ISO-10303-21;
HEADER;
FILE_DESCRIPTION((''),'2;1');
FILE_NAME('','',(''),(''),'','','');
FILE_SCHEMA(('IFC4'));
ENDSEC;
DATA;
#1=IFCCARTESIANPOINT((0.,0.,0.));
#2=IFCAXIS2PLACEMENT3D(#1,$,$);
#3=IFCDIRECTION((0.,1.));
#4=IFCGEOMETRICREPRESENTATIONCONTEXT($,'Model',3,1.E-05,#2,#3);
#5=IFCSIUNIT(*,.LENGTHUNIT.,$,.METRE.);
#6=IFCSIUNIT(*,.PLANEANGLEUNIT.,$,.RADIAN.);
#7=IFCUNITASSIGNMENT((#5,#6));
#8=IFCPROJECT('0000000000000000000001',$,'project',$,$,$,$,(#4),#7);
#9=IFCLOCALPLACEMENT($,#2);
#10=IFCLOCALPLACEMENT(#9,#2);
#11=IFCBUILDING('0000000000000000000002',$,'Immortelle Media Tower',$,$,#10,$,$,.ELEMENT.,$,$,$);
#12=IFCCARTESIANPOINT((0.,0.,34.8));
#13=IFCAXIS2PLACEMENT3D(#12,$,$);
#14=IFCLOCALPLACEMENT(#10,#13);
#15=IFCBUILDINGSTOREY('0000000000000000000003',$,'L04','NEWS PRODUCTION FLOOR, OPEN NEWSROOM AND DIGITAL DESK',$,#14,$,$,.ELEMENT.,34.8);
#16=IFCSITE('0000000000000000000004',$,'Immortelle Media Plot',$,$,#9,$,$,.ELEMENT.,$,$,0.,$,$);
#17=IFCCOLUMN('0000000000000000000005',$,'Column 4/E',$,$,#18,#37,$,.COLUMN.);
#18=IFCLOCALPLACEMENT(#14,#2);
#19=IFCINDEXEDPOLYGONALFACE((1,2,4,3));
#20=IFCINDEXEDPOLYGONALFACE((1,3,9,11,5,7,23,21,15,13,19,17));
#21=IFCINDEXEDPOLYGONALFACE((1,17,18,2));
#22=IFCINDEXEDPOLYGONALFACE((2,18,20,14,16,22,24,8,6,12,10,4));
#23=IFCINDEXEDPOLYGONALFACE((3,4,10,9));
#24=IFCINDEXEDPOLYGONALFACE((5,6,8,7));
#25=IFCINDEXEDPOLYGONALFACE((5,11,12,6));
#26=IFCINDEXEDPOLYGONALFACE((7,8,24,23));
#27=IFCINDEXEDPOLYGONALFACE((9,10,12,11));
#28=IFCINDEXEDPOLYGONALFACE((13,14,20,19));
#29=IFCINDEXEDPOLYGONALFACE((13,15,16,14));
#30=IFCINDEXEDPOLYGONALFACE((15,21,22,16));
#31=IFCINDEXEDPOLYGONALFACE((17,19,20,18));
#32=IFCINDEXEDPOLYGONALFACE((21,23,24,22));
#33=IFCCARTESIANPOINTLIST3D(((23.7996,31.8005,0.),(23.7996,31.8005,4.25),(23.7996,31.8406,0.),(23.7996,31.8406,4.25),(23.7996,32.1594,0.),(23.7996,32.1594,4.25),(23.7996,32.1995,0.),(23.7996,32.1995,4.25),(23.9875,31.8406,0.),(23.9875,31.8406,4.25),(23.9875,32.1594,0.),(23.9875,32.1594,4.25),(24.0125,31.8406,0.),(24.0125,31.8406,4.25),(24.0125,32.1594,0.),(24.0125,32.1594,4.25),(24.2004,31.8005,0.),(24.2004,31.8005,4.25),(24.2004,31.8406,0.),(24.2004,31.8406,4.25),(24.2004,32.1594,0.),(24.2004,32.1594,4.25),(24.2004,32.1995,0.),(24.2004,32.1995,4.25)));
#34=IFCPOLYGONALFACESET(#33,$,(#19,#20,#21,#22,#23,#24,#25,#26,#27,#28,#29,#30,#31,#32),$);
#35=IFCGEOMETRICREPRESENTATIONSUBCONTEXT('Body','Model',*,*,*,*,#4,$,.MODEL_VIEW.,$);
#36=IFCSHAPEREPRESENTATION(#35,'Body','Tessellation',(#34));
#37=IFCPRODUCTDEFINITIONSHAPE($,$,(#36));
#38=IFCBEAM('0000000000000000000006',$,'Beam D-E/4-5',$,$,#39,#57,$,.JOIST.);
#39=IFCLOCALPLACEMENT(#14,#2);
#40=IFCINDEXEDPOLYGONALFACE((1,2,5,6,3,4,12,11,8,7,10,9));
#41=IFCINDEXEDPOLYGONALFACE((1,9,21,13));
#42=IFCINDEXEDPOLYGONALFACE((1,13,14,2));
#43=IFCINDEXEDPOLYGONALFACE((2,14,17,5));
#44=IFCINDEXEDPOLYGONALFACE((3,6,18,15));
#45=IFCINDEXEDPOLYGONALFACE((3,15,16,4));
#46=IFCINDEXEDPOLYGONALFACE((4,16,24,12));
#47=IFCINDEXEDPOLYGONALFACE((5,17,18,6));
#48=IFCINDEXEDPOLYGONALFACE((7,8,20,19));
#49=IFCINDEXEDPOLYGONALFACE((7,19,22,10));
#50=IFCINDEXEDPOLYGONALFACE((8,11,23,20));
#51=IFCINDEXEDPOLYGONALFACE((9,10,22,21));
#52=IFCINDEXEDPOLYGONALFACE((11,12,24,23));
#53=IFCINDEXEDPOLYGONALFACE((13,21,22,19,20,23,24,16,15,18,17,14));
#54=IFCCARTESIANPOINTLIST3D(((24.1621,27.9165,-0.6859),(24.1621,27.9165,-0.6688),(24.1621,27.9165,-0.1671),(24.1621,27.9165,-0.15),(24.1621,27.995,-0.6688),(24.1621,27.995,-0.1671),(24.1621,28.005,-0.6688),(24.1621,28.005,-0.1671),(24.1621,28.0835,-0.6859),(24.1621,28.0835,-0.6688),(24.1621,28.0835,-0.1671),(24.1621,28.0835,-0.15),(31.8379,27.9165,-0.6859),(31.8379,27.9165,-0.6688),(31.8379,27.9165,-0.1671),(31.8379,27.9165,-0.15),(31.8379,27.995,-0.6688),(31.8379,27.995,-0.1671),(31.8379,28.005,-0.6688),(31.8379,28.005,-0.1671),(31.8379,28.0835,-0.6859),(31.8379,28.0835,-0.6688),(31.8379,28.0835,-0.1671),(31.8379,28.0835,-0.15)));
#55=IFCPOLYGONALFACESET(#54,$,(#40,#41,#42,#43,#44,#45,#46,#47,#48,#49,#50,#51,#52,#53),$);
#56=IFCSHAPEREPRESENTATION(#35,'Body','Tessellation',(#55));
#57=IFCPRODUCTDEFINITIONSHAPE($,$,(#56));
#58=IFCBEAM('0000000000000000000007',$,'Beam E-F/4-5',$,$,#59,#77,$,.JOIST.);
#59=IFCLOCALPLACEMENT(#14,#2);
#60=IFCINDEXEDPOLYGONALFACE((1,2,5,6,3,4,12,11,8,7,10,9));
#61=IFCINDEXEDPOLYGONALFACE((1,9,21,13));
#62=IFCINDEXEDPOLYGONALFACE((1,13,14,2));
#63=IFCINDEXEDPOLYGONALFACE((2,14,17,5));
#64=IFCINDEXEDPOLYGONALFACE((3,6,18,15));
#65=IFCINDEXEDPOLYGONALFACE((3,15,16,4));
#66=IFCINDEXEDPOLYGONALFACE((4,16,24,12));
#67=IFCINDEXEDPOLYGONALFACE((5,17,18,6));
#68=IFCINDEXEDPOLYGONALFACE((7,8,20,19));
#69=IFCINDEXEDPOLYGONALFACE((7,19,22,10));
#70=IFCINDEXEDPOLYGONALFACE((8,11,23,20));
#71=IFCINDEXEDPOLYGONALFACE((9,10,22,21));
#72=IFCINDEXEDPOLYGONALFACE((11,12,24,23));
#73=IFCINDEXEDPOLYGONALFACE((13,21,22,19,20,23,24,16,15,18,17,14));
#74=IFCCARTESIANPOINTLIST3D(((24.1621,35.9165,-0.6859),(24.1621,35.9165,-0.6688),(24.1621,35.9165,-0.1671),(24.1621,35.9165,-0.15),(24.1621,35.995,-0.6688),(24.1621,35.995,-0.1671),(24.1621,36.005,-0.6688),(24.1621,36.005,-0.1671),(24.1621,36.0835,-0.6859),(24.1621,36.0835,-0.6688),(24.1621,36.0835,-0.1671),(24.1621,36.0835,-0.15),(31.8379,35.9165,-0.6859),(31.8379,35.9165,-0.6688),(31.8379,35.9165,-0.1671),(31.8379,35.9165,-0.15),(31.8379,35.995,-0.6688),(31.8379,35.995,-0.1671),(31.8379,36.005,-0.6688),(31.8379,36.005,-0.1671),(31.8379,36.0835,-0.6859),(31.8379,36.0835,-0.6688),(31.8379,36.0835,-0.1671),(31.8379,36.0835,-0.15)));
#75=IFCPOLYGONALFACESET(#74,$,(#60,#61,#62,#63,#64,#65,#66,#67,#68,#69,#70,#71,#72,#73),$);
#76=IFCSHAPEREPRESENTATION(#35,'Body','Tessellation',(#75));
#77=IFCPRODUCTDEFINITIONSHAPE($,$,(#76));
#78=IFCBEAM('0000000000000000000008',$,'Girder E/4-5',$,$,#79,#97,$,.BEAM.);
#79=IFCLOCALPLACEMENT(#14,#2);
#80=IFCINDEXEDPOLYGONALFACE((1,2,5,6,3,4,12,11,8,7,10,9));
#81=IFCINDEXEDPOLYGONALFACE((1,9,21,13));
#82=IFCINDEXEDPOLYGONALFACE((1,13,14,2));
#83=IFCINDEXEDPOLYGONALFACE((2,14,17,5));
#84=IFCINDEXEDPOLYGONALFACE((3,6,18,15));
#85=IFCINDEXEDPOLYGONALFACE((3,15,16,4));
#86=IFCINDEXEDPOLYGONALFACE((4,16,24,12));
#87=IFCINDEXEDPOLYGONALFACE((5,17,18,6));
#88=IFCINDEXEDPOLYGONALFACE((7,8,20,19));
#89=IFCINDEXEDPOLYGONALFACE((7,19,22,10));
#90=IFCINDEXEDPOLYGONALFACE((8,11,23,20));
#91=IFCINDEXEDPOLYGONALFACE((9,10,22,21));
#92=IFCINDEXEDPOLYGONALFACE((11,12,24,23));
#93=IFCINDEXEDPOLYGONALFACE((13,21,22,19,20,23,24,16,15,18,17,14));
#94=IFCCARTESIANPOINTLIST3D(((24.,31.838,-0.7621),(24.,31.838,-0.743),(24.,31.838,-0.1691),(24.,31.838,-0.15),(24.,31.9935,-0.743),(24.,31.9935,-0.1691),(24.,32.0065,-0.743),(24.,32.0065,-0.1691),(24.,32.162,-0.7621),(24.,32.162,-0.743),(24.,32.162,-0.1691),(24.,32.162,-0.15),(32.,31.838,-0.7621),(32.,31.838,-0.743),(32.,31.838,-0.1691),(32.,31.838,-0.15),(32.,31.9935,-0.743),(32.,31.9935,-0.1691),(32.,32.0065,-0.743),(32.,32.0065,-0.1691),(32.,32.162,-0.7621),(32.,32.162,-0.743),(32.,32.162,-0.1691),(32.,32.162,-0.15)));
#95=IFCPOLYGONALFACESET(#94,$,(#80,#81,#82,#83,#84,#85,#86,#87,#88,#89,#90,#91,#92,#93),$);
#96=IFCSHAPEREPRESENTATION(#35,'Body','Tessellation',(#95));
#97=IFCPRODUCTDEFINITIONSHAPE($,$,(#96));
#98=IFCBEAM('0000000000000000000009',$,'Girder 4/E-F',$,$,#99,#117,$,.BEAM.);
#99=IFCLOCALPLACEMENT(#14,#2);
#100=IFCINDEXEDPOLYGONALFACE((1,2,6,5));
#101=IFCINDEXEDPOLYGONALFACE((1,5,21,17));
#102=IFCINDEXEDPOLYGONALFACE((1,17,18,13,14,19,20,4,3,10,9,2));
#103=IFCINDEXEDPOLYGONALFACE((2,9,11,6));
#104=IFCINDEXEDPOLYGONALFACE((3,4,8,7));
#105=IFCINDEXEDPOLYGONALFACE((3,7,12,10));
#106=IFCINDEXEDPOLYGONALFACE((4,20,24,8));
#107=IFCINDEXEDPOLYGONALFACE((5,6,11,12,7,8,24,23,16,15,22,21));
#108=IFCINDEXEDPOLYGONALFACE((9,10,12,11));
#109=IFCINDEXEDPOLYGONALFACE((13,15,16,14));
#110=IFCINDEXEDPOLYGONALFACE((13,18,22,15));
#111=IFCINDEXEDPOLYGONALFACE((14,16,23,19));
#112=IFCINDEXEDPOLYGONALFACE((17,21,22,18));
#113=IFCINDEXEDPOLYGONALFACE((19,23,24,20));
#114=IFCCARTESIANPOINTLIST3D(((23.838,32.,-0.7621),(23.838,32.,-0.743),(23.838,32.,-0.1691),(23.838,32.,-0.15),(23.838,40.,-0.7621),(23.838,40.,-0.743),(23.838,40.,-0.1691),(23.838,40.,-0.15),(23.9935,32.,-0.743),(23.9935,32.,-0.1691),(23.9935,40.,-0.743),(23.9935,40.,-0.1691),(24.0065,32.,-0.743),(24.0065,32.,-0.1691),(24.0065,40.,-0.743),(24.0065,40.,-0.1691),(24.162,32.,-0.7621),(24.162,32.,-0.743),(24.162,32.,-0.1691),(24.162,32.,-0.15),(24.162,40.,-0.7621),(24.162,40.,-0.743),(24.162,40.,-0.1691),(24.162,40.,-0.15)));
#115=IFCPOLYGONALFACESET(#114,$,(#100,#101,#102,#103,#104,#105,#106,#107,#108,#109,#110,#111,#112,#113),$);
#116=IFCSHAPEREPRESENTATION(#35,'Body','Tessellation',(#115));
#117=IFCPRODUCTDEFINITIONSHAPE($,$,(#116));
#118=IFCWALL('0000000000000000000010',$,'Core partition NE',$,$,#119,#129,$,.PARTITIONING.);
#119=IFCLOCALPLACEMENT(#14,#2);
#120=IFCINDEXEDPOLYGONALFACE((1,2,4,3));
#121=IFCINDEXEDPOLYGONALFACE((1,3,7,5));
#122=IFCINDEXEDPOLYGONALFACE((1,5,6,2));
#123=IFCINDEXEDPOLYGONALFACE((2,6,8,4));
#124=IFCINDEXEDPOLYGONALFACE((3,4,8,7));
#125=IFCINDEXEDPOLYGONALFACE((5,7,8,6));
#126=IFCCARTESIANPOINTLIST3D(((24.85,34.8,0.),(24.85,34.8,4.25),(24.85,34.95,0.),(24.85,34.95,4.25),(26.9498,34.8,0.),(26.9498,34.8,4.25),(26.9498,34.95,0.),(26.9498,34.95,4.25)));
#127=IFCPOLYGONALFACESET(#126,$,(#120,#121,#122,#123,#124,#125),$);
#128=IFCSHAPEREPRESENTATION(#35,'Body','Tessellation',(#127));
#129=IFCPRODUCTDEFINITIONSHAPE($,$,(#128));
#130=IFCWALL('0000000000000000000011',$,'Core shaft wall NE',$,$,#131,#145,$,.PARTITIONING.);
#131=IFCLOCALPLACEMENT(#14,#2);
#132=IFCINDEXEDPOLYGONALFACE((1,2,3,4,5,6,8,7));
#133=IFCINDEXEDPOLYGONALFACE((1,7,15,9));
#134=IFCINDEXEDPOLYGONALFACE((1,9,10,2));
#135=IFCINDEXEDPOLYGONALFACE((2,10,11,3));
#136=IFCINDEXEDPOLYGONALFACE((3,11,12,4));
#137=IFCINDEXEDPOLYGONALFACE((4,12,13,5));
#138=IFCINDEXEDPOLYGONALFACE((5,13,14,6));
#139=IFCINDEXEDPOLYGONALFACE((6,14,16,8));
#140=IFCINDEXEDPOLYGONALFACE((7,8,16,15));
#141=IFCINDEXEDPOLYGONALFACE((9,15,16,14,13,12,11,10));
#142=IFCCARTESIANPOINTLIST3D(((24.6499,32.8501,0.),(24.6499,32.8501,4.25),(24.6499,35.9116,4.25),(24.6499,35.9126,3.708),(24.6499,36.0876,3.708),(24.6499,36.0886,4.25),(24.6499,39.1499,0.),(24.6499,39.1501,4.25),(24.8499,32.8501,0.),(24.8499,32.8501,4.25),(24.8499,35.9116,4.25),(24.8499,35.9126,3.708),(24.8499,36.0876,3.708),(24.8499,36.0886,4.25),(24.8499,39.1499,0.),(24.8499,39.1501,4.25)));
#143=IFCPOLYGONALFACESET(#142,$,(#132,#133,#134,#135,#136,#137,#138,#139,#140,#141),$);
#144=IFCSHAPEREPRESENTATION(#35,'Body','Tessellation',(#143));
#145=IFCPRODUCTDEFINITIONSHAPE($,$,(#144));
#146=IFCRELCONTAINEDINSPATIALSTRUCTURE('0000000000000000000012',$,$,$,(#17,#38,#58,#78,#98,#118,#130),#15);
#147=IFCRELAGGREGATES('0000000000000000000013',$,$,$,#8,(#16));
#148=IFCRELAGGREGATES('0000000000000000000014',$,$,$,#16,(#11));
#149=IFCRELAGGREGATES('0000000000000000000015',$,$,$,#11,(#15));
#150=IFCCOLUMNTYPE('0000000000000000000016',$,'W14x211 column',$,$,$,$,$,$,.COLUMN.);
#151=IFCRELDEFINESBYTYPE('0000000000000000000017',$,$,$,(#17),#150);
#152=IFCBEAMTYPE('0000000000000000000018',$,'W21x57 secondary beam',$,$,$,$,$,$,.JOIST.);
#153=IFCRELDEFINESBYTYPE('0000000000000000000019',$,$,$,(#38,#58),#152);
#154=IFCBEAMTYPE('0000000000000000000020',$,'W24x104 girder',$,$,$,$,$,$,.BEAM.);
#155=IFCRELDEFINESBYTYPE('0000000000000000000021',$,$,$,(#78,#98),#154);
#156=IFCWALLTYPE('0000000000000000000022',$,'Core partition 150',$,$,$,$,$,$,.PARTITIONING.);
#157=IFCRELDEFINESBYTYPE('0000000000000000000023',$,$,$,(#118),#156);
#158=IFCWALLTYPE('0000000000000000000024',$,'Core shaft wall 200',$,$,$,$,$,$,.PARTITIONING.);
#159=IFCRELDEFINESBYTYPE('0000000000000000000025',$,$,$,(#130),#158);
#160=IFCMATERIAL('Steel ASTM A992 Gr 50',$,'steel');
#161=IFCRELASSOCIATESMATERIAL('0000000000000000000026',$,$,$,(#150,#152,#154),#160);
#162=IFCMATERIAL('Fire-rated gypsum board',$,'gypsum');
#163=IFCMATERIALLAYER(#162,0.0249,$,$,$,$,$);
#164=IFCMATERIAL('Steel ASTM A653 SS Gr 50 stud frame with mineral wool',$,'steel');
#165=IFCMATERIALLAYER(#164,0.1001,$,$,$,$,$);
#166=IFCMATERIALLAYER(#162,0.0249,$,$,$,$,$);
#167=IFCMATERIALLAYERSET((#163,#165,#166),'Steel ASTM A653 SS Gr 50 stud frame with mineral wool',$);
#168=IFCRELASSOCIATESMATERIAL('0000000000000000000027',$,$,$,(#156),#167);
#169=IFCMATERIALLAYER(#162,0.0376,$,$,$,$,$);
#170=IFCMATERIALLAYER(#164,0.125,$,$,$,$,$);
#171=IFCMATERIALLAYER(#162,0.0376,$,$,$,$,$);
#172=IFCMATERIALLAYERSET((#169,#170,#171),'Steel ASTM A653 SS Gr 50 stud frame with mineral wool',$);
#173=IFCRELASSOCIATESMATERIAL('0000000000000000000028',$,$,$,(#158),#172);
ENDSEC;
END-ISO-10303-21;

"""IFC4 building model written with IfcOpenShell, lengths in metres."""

from ifc_helpers import new_model, si_unit, direction, frame, frame_2d, origin, origin_2d, place, context, subcontext, project, spatial, polyline, rectangle, i_section, outline, extrude, material, layer, layer_set, material_profile, profile_set, type_object, element, save


model = new_model("IFC4")

# Units and contexts
model_context = context("Model", 3, precision=1e-05, world=origin(), true_north=direction((0.0, 1.0)))
body_context = subcontext(model_context, "Body", "Model", "MODEL_VIEW")
ifc_project = project(units=[si_unit("LENGTHUNIT", "METRE"), si_unit("PLANEANGLEUNIT", "RADIAN")], contexts=[model_context])

# Site, building, storey
site_placement = place(None, origin())
site = spatial("IfcSite", under=ifc_project, at=site_placement, Name="Immortelle Media Plot", CompositionType="ELEMENT", RefElevation=0.0)
building_placement = place(site_placement, origin())
building = spatial("IfcBuilding", under=site, at=building_placement, Name="Immortelle Media Tower", CompositionType="ELEMENT")
storey_placement = place(building_placement, frame((0.0, 0.0, 34.8)))
storey = spatial("IfcBuildingStorey", under=building, at=storey_placement, Name="L04", Description="NEWS PRODUCTION FLOOR, OPEN NEWSROOM AND DIGITAL DESK", CompositionType="ELEMENT", Elevation=34.8)

# Column
ifc_material_1 = material(Name="Steel ASTM A992 Gr 50", Category="steel")
ifc_material_profile_1 = material_profile(ifc_material_1, i_section(OverallWidth=0.4009, OverallDepth=0.3989, WebThickness=0.0249, FlangeThickness=0.04, at=origin_2d()), Name="W14x211")
ifc_profile_set_1 = profile_set([ifc_material_profile_1], Name="Steel ASTM A992 Gr 50")
column_type = type_object("IfcColumnType", Name="W14x211 column", PredefinedType="COLUMN", material=ifc_profile_set_1)
column_placement = place(storey_placement, frame((24.0, 32.0, 0.0), z_axis=(0.0, 0.0, 1.0), x_axis=(1.0, 0.0, 0.0)))
element("IfcColumn", 1, at=column_placement, inside=storey, type_object=column_type, Name="Column 4/E", PredefinedType="COLUMN", context=body_context, shape_type="SweptSolid", body=[
    extrude(i_section(OverallWidth=0.4009, OverallDepth=0.3989, WebThickness=0.0249, FlangeThickness=0.04, at=origin_2d()), origin(), (0.0, 0.0, 1.0), 4.25),
])

# Beams
ifc_material_profile_2 = material_profile(ifc_material_1, i_section(OverallWidth=0.167, OverallDepth=0.5359, WebThickness=0.01, FlangeThickness=0.0171, at=origin_2d()), Name="W21x57")
ifc_profile_set_2 = profile_set([ifc_material_profile_2], Name="Steel ASTM A992 Gr 50")
beam_type_1 = type_object("IfcBeamType", Name="W21x57 secondary beam", PredefinedType="JOIST", material=ifc_profile_set_2)
for number, where, z_axis, x_axis, name in (
    (2, (24.1621, 28.0, -0.418), (1.0, 0.0, 0.0), (0.0, 1.0, 0.0), "Beam D-E/4-5"),
    (3, (24.1621, 36.0, -0.418), (1.0, 0.0, 0.0), (0.0, 1.0, 0.0), "Beam E-F/4-5"),
):
    element("IfcBeam", number, at=place(storey_placement, frame(where, z_axis=z_axis, x_axis=x_axis)), inside=storey, type_object=beam_type_1, Name=name, PredefinedType="JOIST", context=body_context, shape_type="SweptSolid", body=[
        extrude(i_section(OverallWidth=0.167, OverallDepth=0.5359, WebThickness=0.01, FlangeThickness=0.0171, at=origin_2d()), origin(), (0.0, 0.0, 1.0), 7.6758),
    ])
ifc_material_profile_3 = material_profile(ifc_material_1, i_section(OverallWidth=0.324, OverallDepth=0.6121, WebThickness=0.0129, FlangeThickness=0.019, at=origin_2d()), Name="W24x104")
ifc_profile_set_3 = profile_set([ifc_material_profile_3], Name="Steel ASTM A992 Gr 50")
beam_type_2 = type_object("IfcBeamType", Name="W24x104 girder", PredefinedType="BEAM", material=ifc_profile_set_3)
for number, where, z_axis, x_axis, name in (
    (4, (24.0, 32.0, -0.4561), (1.0, 0.0, 0.0), (0.0, 1.0, 0.0), "Girder E/4-5"),
    (5, (24.0, 32.0, -0.4561), (0.0, 1.0, 0.0), (-1.0, 0.0, 0.0), "Girder 4/E-F"),
):
    element("IfcBeam", number, at=place(storey_placement, frame(where, z_axis=z_axis, x_axis=x_axis)), inside=storey, type_object=beam_type_2, Name=name, PredefinedType="BEAM", context=body_context, shape_type="SweptSolid", body=[
        extrude(i_section(OverallWidth=0.324, OverallDepth=0.6121, WebThickness=0.0129, FlangeThickness=0.019, at=origin_2d()), origin(), (0.0, 0.0, 1.0), 8.0),
    ])

# Walls
ifc_material_2 = material(Name="Fire-rated gypsum board", Category="gypsum")
ifc_layer_1 = layer(ifc_material_2, 0.0249)
ifc_material_3 = material(Name="Steel ASTM A653 SS Gr 50 stud frame with mineral wool", Category="steel")
ifc_layer_2 = layer(ifc_material_3, 0.1001)
ifc_layer_3 = layer(ifc_material_2, 0.0249)
ifc_layer_set_1 = layer_set([ifc_layer_1, ifc_layer_2, ifc_layer_3], Name="Steel ASTM A653 SS Gr 50 stud frame with mineral wool")
wall_type_1 = type_object("IfcWallType", Name="Core partition 150", PredefinedType="PARTITIONING", material=ifc_layer_set_1)
wall_1_placement = place(storey_placement, frame((24.8501, 34.875, 0.0), z_axis=(0.0, 0.0, 1.0), x_axis=(1.0, 0.0, 0.0)))
element("IfcWall", 6, at=wall_1_placement, inside=storey, type_object=wall_type_1, Name="Core partition NE", PredefinedType="PARTITIONING", context=body_context, shape_type="SweptSolid", body=[
    extrude(rectangle(XDim=2.0999, YDim=0.1499, at=frame_2d((1.0498, 0.0))), origin(), (0.0, 0.0, 1.0), 4.25),
])
ifc_layer_4 = layer(ifc_material_2, 0.0376)
ifc_layer_5 = layer(ifc_material_3, 0.125)
ifc_layer_6 = layer(ifc_material_2, 0.0376)
ifc_layer_set_2 = layer_set([ifc_layer_4, ifc_layer_5, ifc_layer_6], Name="Steel ASTM A653 SS Gr 50 stud frame with mineral wool")
wall_type_2 = type_object("IfcWallType", Name="Core shaft wall 200", PredefinedType="PARTITIONING", material=ifc_layer_set_2)
wall_2_placement = place(storey_placement, frame((24.75, 32.8501, 0.0), z_axis=(0.0, 0.0, 1.0), x_axis=(0.0, 1.0, 0.0)))
element("IfcWall", 7, at=wall_2_placement, inside=storey, type_object=wall_type_2, Name="Core shaft wall NE", PredefinedType="PARTITIONING", context=body_context, shape_type="SweptSolid", body=[
    extrude(outline(polyline([(0.0, 0.0), (6.2998, 0.0), (6.3, 4.25), (3.2385, 4.25), (3.2375, 3.708), (3.0625, 3.708), (3.0615, 4.25), (0.0, 4.25), (0.0, 0.0)])), frame((0.0, 0.1001, 0.0), z_axis=(0.0, -1.0, 0.0), x_axis=(1.0, 0.0, 0.0)), (0.0, 0.0, 1.0), 0.2),
])

save(model, "model.ifc")
